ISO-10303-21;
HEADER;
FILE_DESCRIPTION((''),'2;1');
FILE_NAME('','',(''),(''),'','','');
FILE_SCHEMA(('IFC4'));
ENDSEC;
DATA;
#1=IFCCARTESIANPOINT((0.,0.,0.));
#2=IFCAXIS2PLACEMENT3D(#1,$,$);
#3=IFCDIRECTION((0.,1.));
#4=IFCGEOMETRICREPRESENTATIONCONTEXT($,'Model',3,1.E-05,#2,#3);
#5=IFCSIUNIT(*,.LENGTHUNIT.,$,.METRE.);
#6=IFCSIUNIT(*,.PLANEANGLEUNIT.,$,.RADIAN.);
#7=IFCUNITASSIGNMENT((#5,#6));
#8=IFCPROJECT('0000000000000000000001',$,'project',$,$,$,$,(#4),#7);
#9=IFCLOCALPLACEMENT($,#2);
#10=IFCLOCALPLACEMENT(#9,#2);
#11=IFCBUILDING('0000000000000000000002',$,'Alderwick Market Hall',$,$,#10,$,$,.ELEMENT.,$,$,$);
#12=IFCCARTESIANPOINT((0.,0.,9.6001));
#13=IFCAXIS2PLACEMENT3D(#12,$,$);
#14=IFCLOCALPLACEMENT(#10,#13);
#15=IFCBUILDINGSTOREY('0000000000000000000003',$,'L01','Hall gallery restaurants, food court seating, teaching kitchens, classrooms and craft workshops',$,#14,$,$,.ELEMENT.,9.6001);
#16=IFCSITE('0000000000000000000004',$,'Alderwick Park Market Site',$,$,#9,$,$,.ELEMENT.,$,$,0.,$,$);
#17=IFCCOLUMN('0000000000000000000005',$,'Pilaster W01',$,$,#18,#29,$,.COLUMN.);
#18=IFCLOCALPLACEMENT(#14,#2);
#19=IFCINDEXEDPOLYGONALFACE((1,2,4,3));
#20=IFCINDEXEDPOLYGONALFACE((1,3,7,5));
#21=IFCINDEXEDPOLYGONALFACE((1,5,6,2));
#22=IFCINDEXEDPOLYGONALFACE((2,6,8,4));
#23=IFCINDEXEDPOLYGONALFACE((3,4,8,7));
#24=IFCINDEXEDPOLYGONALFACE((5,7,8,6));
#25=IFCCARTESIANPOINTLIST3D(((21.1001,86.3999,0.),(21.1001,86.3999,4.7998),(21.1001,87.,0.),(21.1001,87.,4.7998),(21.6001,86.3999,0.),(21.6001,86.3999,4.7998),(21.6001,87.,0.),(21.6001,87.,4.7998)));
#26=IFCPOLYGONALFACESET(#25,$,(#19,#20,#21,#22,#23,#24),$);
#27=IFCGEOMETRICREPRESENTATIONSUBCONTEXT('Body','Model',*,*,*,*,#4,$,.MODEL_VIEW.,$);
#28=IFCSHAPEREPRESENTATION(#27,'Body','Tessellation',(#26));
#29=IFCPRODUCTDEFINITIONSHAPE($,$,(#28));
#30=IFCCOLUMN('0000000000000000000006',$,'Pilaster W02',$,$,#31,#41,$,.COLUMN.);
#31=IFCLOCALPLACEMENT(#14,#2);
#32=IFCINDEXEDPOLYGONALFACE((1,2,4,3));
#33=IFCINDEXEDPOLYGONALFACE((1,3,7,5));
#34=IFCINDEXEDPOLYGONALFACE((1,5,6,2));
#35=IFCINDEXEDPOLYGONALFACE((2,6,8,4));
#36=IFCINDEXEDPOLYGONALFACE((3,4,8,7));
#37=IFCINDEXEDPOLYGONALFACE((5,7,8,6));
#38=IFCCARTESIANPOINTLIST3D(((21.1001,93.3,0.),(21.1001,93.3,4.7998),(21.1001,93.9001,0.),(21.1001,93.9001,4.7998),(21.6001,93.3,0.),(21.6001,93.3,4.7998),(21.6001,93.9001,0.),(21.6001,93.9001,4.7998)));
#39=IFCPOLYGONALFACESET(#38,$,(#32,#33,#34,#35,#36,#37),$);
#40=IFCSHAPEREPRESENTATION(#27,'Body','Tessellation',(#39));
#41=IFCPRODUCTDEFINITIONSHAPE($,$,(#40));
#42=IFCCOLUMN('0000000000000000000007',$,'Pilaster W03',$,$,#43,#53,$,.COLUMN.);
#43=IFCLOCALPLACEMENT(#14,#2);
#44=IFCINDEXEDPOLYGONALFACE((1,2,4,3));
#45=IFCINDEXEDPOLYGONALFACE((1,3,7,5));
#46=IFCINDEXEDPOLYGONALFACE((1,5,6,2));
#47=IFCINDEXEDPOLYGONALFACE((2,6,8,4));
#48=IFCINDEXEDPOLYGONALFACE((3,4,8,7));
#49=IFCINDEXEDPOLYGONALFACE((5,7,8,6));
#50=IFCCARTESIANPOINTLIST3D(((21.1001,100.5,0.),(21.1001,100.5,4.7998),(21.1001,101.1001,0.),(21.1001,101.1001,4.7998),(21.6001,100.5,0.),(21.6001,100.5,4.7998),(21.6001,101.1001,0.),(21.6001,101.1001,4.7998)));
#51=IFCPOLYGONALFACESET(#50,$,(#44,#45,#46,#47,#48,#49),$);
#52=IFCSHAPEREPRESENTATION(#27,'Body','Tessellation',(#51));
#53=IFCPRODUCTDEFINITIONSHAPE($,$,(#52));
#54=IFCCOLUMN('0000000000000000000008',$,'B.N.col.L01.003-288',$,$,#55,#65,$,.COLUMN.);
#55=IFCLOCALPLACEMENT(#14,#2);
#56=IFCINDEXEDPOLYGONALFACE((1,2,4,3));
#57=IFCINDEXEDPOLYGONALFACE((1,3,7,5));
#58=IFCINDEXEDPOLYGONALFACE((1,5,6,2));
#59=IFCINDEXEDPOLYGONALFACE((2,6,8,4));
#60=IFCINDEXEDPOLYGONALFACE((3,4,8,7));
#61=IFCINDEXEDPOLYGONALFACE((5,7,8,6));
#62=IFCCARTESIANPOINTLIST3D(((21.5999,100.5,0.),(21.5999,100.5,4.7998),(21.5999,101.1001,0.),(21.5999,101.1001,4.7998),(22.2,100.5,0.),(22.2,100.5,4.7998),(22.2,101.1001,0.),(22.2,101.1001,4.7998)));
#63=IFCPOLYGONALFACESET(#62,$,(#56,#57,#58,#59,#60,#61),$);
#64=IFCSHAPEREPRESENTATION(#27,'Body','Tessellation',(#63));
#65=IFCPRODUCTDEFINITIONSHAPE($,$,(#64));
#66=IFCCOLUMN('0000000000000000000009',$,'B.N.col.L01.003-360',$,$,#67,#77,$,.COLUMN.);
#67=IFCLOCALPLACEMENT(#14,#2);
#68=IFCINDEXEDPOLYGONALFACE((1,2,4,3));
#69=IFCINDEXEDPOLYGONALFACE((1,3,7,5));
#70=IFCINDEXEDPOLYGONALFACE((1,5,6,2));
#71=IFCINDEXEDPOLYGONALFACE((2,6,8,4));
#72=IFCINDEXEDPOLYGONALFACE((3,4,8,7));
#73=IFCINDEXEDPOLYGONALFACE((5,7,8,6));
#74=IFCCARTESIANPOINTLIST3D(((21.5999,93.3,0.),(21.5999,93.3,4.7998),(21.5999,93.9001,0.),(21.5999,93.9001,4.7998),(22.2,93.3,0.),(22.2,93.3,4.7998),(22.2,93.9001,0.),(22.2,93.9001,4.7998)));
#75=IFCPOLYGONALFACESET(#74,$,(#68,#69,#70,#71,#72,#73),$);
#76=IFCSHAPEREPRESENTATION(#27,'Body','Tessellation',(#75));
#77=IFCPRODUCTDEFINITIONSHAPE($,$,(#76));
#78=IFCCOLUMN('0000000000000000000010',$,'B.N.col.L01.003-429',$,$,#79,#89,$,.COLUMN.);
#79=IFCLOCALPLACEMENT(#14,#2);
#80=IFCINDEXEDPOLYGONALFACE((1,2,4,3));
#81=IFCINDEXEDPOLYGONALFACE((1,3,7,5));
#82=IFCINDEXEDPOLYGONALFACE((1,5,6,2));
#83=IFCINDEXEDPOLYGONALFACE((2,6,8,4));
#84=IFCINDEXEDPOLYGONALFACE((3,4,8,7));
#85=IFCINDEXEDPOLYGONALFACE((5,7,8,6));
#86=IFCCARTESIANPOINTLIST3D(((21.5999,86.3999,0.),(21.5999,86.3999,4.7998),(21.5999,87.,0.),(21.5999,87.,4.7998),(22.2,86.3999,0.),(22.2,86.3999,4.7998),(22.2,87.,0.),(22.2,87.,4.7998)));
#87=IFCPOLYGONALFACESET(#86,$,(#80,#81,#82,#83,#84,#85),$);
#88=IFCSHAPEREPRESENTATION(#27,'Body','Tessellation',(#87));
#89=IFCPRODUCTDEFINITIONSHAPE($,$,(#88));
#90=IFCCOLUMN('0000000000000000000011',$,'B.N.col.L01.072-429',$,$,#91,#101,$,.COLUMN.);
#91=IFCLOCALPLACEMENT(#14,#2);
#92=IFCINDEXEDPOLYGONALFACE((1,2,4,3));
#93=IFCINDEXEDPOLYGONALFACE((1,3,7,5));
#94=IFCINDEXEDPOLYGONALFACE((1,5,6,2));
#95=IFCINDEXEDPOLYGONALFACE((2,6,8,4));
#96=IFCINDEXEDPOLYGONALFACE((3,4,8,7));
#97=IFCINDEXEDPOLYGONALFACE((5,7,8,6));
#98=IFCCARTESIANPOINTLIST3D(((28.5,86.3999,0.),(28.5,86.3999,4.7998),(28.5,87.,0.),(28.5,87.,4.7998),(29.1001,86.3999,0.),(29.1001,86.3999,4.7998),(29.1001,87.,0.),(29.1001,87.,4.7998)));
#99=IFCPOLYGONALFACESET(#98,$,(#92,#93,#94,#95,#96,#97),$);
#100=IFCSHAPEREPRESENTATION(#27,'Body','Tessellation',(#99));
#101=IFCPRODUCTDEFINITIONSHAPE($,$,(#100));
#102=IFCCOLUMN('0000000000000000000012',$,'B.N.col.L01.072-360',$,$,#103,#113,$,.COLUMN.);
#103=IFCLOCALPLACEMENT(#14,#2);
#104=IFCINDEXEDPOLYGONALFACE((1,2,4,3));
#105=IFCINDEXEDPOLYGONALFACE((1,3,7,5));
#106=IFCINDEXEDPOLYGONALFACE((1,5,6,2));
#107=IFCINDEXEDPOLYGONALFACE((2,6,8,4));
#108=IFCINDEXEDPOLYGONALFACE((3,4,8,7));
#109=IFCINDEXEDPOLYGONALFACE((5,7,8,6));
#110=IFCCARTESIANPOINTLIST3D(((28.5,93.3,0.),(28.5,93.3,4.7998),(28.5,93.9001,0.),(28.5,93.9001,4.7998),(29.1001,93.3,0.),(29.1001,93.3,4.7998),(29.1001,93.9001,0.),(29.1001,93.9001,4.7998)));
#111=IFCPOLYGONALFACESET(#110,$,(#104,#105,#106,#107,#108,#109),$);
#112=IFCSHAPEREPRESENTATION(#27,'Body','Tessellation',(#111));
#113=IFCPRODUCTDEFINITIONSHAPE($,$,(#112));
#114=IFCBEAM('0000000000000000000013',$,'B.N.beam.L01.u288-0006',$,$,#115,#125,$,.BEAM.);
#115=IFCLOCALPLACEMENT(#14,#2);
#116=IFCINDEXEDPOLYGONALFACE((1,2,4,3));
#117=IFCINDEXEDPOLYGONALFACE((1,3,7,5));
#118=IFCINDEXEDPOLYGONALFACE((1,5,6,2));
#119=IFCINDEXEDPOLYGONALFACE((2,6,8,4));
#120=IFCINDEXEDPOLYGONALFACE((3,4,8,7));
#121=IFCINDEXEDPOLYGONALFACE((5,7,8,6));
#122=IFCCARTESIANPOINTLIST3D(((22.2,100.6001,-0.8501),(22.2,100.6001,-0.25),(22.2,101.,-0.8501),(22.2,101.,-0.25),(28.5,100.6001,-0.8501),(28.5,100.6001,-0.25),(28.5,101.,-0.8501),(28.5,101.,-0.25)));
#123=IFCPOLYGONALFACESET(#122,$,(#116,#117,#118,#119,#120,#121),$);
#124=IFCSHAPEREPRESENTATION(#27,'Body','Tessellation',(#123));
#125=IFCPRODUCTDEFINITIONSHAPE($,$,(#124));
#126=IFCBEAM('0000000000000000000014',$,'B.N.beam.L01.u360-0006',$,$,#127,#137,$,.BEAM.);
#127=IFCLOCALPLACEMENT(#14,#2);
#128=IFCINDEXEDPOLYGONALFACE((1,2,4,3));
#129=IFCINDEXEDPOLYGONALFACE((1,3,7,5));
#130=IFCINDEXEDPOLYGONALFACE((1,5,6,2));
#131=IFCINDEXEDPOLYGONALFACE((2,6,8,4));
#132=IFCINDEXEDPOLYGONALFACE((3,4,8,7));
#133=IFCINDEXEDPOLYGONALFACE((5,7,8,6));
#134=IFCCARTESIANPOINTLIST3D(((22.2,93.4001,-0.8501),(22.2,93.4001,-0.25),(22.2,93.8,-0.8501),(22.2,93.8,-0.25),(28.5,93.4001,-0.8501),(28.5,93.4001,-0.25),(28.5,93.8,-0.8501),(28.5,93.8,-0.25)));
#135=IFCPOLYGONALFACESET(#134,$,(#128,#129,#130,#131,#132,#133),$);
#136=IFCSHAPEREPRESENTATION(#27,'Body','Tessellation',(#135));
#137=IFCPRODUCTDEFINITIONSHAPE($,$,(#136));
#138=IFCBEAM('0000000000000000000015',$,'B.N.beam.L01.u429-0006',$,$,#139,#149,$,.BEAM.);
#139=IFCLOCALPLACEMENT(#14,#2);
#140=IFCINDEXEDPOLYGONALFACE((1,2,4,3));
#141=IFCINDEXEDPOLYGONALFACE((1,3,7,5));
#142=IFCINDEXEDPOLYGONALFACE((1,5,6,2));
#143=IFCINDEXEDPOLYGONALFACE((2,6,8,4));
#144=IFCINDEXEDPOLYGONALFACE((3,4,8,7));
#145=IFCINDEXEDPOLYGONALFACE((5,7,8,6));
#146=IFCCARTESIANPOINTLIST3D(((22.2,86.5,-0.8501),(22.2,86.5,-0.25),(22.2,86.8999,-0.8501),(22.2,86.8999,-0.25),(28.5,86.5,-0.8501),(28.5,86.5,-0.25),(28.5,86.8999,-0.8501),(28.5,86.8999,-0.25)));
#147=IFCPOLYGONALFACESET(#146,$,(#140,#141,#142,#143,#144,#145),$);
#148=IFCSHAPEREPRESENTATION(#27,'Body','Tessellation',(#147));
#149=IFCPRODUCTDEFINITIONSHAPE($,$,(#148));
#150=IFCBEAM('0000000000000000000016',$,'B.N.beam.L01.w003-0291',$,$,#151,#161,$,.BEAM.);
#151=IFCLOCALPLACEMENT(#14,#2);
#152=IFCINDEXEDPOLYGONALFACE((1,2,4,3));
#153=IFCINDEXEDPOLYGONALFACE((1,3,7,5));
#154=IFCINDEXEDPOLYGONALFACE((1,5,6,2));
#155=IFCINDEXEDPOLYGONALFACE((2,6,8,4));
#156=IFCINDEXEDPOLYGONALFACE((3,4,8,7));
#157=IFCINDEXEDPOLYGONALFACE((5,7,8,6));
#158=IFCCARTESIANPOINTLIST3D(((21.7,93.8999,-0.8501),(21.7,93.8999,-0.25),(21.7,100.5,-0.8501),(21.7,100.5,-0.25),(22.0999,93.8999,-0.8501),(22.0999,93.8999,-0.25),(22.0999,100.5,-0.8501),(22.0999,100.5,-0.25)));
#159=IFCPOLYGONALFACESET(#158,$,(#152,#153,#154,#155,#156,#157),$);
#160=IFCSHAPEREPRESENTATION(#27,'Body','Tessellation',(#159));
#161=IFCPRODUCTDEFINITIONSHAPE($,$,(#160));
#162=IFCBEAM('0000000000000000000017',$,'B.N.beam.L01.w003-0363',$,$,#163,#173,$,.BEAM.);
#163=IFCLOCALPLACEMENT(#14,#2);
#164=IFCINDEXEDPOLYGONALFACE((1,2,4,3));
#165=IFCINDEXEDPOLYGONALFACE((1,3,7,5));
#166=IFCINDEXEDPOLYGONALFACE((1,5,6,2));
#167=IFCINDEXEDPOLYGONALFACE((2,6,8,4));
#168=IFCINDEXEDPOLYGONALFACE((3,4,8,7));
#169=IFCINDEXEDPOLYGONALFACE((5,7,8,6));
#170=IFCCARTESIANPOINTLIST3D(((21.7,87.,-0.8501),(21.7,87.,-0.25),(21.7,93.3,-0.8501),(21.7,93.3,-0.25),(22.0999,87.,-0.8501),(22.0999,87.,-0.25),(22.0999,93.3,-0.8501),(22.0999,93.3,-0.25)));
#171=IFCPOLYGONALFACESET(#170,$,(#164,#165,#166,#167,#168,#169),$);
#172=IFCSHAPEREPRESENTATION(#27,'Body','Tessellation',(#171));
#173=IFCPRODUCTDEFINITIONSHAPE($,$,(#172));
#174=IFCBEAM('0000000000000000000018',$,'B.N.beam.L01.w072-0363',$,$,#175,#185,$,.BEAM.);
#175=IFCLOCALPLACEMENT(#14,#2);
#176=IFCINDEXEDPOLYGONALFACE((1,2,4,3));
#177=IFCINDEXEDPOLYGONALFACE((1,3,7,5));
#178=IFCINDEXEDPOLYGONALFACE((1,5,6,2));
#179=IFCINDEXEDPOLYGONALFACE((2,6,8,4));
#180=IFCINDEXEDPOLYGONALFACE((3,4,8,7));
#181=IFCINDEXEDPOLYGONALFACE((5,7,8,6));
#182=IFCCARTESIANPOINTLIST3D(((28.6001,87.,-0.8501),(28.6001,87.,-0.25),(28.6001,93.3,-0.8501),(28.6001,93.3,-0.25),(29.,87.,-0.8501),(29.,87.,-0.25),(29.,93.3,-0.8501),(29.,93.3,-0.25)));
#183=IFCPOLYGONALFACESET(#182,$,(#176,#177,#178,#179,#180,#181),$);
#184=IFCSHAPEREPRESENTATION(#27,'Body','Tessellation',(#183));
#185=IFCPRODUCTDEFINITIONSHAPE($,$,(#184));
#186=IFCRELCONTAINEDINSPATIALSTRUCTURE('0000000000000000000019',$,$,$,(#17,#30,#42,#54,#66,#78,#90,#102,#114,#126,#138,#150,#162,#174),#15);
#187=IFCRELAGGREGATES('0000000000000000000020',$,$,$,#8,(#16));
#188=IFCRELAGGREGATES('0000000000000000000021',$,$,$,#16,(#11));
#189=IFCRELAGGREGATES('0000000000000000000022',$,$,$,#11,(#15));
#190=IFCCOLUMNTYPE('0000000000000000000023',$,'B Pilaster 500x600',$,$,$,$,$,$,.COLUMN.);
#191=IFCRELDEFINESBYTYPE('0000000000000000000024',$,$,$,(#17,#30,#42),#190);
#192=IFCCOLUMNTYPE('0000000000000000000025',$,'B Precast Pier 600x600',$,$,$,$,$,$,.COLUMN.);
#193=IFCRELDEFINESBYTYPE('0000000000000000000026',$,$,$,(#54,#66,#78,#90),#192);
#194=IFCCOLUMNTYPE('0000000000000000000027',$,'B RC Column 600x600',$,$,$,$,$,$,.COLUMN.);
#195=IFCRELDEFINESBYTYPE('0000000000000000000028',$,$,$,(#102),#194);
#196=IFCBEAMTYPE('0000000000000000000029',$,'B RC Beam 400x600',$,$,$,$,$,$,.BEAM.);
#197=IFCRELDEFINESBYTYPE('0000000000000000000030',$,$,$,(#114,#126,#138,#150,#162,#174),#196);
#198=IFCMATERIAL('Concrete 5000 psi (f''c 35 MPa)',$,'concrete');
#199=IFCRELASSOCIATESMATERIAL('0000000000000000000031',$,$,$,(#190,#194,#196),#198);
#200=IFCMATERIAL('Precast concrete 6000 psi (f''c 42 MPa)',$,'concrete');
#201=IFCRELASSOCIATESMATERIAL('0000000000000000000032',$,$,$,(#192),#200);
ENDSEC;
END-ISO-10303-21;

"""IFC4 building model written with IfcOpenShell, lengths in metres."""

from ifc_helpers import new_model, si_unit, direction, frame, origin, origin_2d, place, context, subcontext, project, spatial, rectangle, extrude, material, material_profile, profile_set, type_object, element, save


model = new_model("IFC4")

# Units and contexts
model_context = context("Model", 3, precision=1e-05, world=origin(), true_north=direction((0.0, 1.0)))
body_context = subcontext(model_context, "Body", "Model", "MODEL_VIEW")
ifc_project = project(units=[si_unit("LENGTHUNIT", "METRE"), si_unit("PLANEANGLEUNIT", "RADIAN")], contexts=[model_context])

# Site, building, storey
site_placement = place(None, origin())
site = spatial("IfcSite", under=ifc_project, at=site_placement, Name="Alderwick Park Market Site", CompositionType="ELEMENT", RefElevation=0.0)
building_placement = place(site_placement, origin())
building = spatial("IfcBuilding", under=site, at=building_placement, Name="Alderwick Market Hall", CompositionType="ELEMENT")
storey_placement = place(building_placement, frame((0.0, 0.0, 9.6001)))
storey = spatial("IfcBuildingStorey", under=building, at=storey_placement, Name="L01", Description="Hall gallery restaurants, food court seating, teaching kitchens, classrooms and craft workshops", CompositionType="ELEMENT", Elevation=9.6001)

# Columns
ifc_material_1 = material(Name="Concrete 5000 psi (f'c 35 MPa)", Category="concrete")
ifc_material_profile_1 = material_profile(ifc_material_1, rectangle(XDim=0.5, YDim=0.6001, at=origin_2d()), Name="B Pilaster 500x600")
ifc_profile_set_1 = profile_set([ifc_material_profile_1], Name="Concrete 5000 psi (f'c 35 MPa)")
column_type_1 = type_object("IfcColumnType", Name="B Pilaster 500x600", PredefinedType="COLUMN", material=ifc_profile_set_1)
for number, where, z_axis, x_axis, name in (
    (1, (21.3501, 86.7, 0.0), (0.0, 0.0, 1.0), (1.0, 0.0, 0.0), "Pilaster W01"),
    (2, (21.3501, 93.6001, 0.0), (0.0, 0.0, 1.0), (1.0, 0.0, 0.0), "Pilaster W02"),
    (3, (21.3501, 100.8, 0.0), (0.0, 0.0, 1.0), (1.0, 0.0, 0.0), "Pilaster W03"),
):
    element("IfcColumn", number, at=place(storey_placement, frame(where, z_axis=z_axis, x_axis=x_axis)), inside=storey, type_object=column_type_1, Name=name, PredefinedType="COLUMN", context=body_context, shape_type="SweptSolid", body=[
        extrude(rectangle(XDim=0.5, YDim=0.6001, at=origin_2d()), origin(), (0.0, 0.0, 1.0), 4.7998),
    ])
ifc_material_2 = material(Name="Precast concrete 6000 psi (f'c 42 MPa)", Category="concrete")
ifc_material_profile_2 = material_profile(ifc_material_2, rectangle(XDim=0.6001, YDim=0.6001, at=origin_2d()), Name="B Precast Pier 600x600")
ifc_profile_set_2 = profile_set([ifc_material_profile_2], Name="Precast concrete 6000 psi (f'c 42 MPa)")
column_type_2 = type_object("IfcColumnType", Name="B Precast Pier 600x600", PredefinedType="COLUMN", material=ifc_profile_set_2)
for number, where, z_axis, x_axis, name in (
    (4, (21.8999, 100.8, 0.0), (0.0, 0.0, 1.0), (1.0, 0.0, 0.0), "B.N.col.L01.003-288"),
    (5, (21.8999, 93.6001, 0.0), (0.0, 0.0, 1.0), (1.0, 0.0, 0.0), "B.N.col.L01.003-360"),
    (6, (21.8999, 86.7, 0.0), (0.0, 0.0, 1.0), (1.0, 0.0, 0.0), "B.N.col.L01.003-429"),
    (7, (28.8, 86.7, 0.0), (0.0, 0.0, 1.0), (1.0, 0.0, 0.0), "B.N.col.L01.072-429"),
):
    element("IfcColumn", number, at=place(storey_placement, frame(where, z_axis=z_axis, x_axis=x_axis)), inside=storey, type_object=column_type_2, Name=name, PredefinedType="COLUMN", context=body_context, shape_type="SweptSolid", body=[
        extrude(rectangle(XDim=0.6001, YDim=0.6001, at=origin_2d()), origin(), (0.0, 0.0, 1.0), 4.7998),
    ])
ifc_material_profile_3 = material_profile(ifc_material_1, rectangle(XDim=0.6001, YDim=0.6001, at=origin_2d()), Name="B RC Column 600x600")
ifc_profile_set_3 = profile_set([ifc_material_profile_3], Name="Concrete 5000 psi (f'c 35 MPa)")
column_type_3 = type_object("IfcColumnType", Name="B RC Column 600x600", PredefinedType="COLUMN", material=ifc_profile_set_3)
column_placement = place(storey_placement, frame((28.8, 93.6001, 0.0), z_axis=(0.0, 0.0, 1.0), x_axis=(1.0, 0.0, 0.0)))
element("IfcColumn", 8, at=column_placement, inside=storey, type_object=column_type_3, Name="B.N.col.L01.072-360", PredefinedType="COLUMN", context=body_context, shape_type="SweptSolid", body=[
    extrude(rectangle(XDim=0.6001, YDim=0.6001, at=origin_2d()), origin(), (0.0, 0.0, 1.0), 4.7998),
])

# Beams
ifc_material_profile_4 = material_profile(ifc_material_1, rectangle(XDim=0.3999, YDim=0.6001, at=origin_2d()), Name="B RC Beam 400x600")
ifc_profile_set_4 = profile_set([ifc_material_profile_4], Name="Concrete 5000 psi (f'c 35 MPa)")
beam_type = type_object("IfcBeamType", Name="B RC Beam 400x600", PredefinedType="BEAM", material=ifc_profile_set_4)
for number, where, z_axis, x_axis, name in (
    (9, (22.2, 100.8, -0.55), (1.0, 0.0, 0.0), (0.0, 1.0, 0.0), "B.N.beam.L01.u288-0006"),
    (10, (22.2, 93.6001, -0.55), (1.0, 0.0, 0.0), (0.0, 1.0, 0.0), "B.N.beam.L01.u360-0006"),
    (11, (22.2, 86.7, -0.55), (1.0, 0.0, 0.0), (0.0, 1.0, 0.0), "B.N.beam.L01.u429-0006"),
):
    element("IfcBeam", number, at=place(storey_placement, frame(where, z_axis=z_axis, x_axis=x_axis)), inside=storey, type_object=beam_type, Name=name, PredefinedType="BEAM", context=body_context, shape_type="SweptSolid", body=[
        extrude(rectangle(XDim=0.3999, YDim=0.6001, at=origin_2d()), origin(), (0.0, 0.0, 1.0), 6.3),
    ])
beam_placement = place(storey_placement, frame((21.8999, 100.5, -0.55), z_axis=(0.0, -1.0, 0.0), x_axis=(1.0, 0.0, 0.0)))
element("IfcBeam", 12, at=beam_placement, inside=storey, type_object=beam_type, Name="B.N.beam.L01.w003-0291", PredefinedType="BEAM", context=body_context, shape_type="SweptSolid", body=[
    extrude(rectangle(XDim=0.3999, YDim=0.6001, at=origin_2d()), origin(), (0.0, 0.0, 1.0), 6.6001),
])
for number, where, z_axis, x_axis, name in (
    (13, (21.8999, 93.3, -0.55), (0.0, -1.0, 0.0), (1.0, 0.0, 0.0), "B.N.beam.L01.w003-0363"),
    (14, (28.8, 93.3, -0.55), (0.0, -1.0, 0.0), (1.0, 0.0, 0.0), "B.N.beam.L01.w072-0363"),
):
    element("IfcBeam", number, at=place(storey_placement, frame(where, z_axis=z_axis, x_axis=x_axis)), inside=storey, type_object=beam_type, Name=name, PredefinedType="BEAM", context=body_context, shape_type="SweptSolid", body=[
        extrude(rectangle(XDim=0.3999, YDim=0.6001, at=origin_2d()), origin(), (0.0, 0.0, 1.0), 6.3),
    ])

save(model, "model.ifc")
